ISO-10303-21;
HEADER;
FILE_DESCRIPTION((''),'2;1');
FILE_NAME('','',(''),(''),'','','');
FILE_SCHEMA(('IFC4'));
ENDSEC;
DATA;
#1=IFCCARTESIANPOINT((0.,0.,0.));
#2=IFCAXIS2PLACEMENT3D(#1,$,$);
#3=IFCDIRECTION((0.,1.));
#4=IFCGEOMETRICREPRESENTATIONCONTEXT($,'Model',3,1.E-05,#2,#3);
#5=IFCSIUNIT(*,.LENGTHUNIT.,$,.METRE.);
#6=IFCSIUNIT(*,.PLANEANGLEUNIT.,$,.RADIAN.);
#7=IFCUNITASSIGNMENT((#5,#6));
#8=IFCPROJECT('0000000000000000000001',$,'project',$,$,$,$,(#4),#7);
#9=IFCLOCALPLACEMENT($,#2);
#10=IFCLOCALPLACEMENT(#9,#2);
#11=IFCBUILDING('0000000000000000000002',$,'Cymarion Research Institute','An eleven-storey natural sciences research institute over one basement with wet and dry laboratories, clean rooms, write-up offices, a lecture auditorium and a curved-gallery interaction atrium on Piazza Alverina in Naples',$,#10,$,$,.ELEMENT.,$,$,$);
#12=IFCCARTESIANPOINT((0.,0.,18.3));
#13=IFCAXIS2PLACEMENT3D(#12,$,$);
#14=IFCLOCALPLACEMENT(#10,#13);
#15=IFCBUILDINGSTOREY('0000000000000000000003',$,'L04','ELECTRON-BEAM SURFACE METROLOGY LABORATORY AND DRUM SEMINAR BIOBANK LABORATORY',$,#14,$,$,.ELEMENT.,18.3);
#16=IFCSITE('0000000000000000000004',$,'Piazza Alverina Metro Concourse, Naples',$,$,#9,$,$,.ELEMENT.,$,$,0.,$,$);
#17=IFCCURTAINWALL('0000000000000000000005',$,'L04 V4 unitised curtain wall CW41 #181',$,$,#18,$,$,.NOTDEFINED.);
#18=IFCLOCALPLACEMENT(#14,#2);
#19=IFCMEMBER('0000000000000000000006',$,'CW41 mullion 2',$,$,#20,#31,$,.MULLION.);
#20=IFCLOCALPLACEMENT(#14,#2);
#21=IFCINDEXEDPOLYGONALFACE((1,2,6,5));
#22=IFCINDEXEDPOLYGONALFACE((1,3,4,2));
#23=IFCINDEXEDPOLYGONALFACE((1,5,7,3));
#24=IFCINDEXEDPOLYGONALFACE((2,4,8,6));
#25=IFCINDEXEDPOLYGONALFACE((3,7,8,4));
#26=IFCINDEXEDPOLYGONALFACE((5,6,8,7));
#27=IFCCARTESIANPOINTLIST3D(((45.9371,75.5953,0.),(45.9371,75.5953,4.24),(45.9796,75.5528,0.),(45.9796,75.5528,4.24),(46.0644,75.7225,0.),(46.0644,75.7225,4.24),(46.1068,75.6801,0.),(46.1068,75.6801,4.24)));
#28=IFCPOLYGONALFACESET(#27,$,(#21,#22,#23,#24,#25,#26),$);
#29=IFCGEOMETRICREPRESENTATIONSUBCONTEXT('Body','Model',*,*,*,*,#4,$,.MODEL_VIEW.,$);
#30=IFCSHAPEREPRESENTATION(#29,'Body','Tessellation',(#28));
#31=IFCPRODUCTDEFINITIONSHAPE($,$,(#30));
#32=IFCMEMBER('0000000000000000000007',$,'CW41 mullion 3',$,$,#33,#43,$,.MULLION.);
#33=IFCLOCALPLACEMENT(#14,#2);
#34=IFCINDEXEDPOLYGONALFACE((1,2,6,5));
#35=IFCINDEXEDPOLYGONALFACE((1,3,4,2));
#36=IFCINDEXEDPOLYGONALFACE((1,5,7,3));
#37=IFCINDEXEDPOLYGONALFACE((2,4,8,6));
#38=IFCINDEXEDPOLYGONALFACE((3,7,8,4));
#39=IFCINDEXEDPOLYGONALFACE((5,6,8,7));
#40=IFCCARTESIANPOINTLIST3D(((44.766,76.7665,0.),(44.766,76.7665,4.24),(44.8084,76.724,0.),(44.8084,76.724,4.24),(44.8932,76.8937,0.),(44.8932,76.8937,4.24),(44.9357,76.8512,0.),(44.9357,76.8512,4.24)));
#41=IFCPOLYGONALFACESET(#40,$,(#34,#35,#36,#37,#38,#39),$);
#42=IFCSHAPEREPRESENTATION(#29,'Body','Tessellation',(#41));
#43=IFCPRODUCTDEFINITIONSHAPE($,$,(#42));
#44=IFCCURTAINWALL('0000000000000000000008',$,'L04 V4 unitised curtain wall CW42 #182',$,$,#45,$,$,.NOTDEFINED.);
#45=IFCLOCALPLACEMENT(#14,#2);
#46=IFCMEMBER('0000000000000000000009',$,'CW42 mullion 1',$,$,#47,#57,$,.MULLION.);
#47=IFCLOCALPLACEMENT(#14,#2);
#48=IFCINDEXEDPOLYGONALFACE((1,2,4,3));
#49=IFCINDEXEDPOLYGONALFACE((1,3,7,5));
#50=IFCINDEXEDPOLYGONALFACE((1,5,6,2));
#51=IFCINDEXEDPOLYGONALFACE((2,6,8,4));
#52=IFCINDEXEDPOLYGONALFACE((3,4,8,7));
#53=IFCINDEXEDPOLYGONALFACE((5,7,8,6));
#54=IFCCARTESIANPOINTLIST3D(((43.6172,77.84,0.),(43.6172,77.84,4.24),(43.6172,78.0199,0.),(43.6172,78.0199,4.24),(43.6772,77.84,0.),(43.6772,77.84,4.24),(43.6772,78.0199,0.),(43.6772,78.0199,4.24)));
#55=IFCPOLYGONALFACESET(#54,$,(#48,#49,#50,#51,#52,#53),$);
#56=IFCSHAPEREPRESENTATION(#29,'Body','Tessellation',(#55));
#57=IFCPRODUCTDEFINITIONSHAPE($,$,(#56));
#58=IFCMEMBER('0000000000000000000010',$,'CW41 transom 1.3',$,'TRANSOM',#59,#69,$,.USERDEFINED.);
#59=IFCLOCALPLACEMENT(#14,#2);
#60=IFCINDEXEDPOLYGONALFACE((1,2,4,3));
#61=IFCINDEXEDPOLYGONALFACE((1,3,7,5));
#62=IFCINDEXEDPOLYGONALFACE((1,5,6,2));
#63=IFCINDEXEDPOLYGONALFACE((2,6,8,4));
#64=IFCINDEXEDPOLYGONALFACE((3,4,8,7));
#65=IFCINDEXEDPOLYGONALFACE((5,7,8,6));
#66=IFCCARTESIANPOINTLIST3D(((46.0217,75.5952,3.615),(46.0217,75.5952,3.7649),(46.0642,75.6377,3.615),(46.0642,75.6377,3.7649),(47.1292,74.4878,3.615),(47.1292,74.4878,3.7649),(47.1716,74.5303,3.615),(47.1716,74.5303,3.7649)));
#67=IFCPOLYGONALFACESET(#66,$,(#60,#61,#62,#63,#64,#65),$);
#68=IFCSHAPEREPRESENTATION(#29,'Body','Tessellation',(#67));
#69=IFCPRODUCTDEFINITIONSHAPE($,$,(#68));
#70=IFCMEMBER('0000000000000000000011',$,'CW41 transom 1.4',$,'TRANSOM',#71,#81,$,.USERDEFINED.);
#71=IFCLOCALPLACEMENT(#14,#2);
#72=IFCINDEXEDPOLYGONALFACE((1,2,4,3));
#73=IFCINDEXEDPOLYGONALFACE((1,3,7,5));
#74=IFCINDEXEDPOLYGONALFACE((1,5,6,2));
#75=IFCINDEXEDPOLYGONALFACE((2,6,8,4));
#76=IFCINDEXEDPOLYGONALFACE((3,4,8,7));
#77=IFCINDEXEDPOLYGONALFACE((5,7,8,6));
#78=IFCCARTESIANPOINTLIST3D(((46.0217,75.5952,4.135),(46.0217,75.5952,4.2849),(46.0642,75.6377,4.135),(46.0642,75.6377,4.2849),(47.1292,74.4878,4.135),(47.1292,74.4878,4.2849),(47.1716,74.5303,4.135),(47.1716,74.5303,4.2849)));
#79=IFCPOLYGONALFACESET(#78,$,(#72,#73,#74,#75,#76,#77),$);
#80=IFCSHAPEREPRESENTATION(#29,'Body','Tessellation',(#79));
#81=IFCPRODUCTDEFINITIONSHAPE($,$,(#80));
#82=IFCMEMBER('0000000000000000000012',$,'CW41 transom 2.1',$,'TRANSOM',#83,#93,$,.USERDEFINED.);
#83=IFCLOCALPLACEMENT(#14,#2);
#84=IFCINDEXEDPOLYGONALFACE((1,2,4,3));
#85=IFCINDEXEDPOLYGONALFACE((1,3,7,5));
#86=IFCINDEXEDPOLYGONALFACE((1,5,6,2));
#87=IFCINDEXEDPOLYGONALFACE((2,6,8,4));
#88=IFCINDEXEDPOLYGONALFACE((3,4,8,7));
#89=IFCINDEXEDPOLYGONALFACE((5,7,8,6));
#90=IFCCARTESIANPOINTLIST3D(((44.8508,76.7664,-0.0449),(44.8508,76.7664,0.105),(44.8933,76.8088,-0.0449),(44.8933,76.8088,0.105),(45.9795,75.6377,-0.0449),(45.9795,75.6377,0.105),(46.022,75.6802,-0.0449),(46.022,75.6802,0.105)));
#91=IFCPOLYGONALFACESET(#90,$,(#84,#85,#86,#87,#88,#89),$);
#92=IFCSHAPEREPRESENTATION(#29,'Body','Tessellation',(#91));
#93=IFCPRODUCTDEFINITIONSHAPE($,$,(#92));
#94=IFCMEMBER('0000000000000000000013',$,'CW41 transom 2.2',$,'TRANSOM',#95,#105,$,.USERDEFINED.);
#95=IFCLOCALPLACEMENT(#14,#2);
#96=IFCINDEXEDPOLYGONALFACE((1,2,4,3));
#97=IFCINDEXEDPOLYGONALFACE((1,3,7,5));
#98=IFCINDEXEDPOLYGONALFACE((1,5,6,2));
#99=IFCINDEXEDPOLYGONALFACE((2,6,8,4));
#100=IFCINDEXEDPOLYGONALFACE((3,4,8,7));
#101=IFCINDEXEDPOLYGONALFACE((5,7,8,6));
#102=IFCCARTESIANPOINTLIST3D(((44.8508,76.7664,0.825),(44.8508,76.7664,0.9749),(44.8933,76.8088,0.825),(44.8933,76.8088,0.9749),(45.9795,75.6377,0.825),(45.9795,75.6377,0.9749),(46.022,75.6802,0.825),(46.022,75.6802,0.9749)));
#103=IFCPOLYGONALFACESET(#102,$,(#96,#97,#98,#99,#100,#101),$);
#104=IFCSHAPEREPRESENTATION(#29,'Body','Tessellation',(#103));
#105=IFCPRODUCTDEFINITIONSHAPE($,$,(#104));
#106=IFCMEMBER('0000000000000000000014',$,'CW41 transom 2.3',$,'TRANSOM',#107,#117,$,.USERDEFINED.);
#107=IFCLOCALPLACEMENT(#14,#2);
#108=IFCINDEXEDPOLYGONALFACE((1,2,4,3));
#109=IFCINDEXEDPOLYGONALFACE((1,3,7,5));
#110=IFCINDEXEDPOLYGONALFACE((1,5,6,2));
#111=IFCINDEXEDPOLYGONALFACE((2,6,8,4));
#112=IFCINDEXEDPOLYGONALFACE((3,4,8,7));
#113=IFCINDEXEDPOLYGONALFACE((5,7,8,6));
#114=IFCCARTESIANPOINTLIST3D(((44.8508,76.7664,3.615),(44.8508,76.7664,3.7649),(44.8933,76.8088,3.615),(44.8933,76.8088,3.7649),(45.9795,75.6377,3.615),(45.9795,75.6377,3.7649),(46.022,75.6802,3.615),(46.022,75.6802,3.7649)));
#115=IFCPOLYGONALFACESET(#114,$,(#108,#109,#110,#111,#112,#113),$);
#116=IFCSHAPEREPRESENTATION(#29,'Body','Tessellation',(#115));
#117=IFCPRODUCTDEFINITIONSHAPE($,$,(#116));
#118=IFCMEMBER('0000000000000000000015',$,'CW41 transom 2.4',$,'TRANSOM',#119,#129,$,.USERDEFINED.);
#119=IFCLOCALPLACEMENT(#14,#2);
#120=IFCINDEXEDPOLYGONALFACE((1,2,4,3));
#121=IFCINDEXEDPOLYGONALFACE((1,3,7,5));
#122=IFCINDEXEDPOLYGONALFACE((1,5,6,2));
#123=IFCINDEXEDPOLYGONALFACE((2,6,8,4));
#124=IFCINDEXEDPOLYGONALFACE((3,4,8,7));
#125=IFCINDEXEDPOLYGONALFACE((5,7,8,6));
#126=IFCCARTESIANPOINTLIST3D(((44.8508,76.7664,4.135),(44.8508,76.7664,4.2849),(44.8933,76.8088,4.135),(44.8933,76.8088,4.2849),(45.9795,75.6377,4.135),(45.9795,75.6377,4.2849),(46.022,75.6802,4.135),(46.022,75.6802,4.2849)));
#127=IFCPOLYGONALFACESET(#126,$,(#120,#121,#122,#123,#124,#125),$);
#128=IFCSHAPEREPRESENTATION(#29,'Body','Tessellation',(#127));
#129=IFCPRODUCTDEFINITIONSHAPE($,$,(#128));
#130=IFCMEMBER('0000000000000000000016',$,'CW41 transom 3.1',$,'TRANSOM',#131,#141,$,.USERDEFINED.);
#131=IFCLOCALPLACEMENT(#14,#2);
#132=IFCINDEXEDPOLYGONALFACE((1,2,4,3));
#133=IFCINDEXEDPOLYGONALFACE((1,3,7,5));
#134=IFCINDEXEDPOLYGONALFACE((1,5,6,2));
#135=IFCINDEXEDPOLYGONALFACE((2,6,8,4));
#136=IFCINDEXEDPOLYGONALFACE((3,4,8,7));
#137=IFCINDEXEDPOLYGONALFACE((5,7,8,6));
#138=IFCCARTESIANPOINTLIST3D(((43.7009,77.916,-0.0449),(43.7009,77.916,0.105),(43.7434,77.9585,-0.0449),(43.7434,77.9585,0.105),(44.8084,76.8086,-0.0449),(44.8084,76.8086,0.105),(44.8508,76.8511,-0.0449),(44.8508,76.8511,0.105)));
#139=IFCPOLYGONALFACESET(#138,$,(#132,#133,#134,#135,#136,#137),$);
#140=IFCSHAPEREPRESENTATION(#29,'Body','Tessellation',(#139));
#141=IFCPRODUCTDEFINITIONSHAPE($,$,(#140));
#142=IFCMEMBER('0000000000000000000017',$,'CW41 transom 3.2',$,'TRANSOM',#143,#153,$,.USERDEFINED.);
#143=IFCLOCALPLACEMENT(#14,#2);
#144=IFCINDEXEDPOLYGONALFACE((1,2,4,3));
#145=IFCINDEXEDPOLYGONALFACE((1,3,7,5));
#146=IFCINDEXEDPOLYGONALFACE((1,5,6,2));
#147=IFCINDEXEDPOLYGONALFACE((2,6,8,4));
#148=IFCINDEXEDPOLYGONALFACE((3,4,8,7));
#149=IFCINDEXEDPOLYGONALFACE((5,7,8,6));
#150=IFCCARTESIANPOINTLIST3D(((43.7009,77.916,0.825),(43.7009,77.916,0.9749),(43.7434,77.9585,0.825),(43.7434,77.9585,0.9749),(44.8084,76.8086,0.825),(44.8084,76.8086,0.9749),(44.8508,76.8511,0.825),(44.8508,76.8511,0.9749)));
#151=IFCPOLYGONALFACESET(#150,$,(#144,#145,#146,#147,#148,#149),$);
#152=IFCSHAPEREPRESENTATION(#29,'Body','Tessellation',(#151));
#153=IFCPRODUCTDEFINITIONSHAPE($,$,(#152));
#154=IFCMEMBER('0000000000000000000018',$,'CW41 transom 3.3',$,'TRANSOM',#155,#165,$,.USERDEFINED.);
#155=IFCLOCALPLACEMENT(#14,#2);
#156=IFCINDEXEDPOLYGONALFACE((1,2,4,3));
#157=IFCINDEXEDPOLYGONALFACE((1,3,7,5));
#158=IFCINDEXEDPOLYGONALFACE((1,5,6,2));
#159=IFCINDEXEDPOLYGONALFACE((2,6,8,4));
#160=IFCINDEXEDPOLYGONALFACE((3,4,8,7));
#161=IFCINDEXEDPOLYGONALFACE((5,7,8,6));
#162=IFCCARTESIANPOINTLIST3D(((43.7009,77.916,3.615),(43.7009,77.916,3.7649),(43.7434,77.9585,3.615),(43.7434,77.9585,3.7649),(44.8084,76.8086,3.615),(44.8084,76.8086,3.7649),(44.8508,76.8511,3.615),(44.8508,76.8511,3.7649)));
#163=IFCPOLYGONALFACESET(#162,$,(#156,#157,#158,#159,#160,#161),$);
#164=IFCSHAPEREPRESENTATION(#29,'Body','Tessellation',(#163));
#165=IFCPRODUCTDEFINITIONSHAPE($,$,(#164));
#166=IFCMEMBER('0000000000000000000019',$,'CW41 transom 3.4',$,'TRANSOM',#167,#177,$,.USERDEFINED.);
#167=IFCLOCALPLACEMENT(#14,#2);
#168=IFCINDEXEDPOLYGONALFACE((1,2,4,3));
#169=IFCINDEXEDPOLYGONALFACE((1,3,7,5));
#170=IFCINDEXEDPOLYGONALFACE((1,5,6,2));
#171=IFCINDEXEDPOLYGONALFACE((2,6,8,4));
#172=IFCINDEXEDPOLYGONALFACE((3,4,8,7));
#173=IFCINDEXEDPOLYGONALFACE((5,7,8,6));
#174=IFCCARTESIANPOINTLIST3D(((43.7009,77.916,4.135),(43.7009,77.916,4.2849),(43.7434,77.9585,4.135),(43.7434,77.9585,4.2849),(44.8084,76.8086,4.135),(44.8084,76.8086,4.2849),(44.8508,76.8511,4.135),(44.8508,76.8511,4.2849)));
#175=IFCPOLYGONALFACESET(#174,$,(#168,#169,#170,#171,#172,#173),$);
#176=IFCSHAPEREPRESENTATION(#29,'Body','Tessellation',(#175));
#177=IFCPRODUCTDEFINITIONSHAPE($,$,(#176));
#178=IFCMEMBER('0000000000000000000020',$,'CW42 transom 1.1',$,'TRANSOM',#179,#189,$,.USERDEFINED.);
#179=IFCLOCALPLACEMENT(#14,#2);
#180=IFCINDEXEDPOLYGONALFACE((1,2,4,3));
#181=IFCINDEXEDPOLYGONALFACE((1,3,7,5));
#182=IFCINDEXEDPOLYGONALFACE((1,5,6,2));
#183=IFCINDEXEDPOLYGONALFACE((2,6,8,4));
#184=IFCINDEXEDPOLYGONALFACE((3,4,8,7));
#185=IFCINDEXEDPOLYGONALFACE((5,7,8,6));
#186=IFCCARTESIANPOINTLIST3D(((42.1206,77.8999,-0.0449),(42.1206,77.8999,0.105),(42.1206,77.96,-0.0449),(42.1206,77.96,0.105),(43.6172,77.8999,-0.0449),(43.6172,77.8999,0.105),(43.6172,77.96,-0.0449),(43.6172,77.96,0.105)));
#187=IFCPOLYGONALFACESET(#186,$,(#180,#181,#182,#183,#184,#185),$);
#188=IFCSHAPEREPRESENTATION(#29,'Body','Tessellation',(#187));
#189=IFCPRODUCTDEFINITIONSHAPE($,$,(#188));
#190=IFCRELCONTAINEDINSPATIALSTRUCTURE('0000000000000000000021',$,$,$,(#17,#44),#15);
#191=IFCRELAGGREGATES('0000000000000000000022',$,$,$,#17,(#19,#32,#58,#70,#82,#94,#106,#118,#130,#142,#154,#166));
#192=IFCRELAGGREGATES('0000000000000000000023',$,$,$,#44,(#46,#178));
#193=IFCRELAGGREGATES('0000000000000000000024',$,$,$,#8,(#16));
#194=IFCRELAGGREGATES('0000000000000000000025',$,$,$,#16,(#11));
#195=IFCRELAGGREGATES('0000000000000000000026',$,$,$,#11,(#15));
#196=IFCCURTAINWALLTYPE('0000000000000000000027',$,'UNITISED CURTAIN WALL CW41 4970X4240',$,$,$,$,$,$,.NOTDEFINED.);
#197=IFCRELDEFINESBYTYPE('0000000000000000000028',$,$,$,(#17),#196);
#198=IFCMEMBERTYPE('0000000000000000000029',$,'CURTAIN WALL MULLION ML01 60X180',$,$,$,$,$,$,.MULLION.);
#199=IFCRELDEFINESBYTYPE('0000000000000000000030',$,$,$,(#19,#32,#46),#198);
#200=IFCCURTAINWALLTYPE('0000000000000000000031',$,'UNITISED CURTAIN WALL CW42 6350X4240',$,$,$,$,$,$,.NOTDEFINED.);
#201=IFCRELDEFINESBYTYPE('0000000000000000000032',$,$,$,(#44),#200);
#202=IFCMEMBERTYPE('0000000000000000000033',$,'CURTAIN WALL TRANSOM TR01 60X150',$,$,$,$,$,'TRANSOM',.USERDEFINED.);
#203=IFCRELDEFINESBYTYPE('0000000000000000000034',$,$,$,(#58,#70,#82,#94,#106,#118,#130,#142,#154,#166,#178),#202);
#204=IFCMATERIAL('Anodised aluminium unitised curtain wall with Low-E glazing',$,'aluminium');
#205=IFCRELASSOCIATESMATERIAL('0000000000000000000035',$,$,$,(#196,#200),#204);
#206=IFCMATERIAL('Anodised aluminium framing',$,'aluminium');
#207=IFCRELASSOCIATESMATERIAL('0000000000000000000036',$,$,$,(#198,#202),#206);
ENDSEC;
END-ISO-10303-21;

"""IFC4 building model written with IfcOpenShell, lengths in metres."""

from ifc_helpers import new_model, si_unit, direction, frame, origin, origin_2d, place, context, subcontext, project, spatial, rectangle, extrude, material, material_profile, profile_set, type_object, element, aggregate, save


model = new_model("IFC4")

# Units and contexts
model_context = context("Model", 3, precision=1e-05, world=origin(), true_north=direction((0.0, 1.0)))
body_context = subcontext(model_context, "Body", "Model", "MODEL_VIEW")
ifc_project = project(units=[si_unit("LENGTHUNIT", "METRE"), si_unit("PLANEANGLEUNIT", "RADIAN")], contexts=[model_context])

# Site, building, storey
site_placement = place(None, origin())
site = spatial("IfcSite", under=ifc_project, at=site_placement, Name="Piazza Alverina Metro Concourse, Naples", CompositionType="ELEMENT", RefElevation=0.0)
building_placement = place(site_placement, origin())
building = spatial("IfcBuilding", under=site, at=building_placement, Name="Cymarion Research Institute", Description="An eleven-storey natural sciences research institute over one basement with wet and dry laboratories, clean rooms, write-up offices, a lecture auditorium and a curved-gallery interaction atrium on Piazza Alverina in Naples", CompositionType="ELEMENT")
storey_placement = place(building_placement, frame((0.0, 0.0, 18.3)))
storey = spatial("IfcBuildingStorey", under=building, at=storey_placement, Name="L04", Description="ELECTRON-BEAM SURFACE METROLOGY LABORATORY AND DRUM SEMINAR BIOBANK LABORATORY", CompositionType="ELEMENT", Elevation=18.3)

# Curtain wall, members
ifc_material_1 = material(Name="Anodised aluminium unitised curtain wall with Low-E glazing", Category="aluminium")
curtain_wall_type_1 = type_object("IfcCurtainWallType", Name="UNITISED CURTAIN WALL CW41 4970X4240", PredefinedType="NOTDEFINED", material=ifc_material_1)
curtain_wall_1_placement = place(storey_placement, origin())
curtain_wall_1 = element("IfcCurtainWall", 1, at=curtain_wall_1_placement, inside=storey, type_object=curtain_wall_type_1, Name="L04 V4 unitised curtain wall CW41 #181", PredefinedType="NOTDEFINED")
ifc_material_2 = material(Name="Anodised aluminium framing", Category="aluminium")
ifc_material_profile_1 = material_profile(ifc_material_2, rectangle(XDim=0.0601, YDim=0.1799, at=origin_2d()), Name="ALU MULLION 60x180")
ifc_profile_set_1 = profile_set([ifc_material_profile_1], Name="Anodised aluminium framing")
member_type_1 = type_object("IfcMemberType", Name="CURTAIN WALL MULLION ML01 60X180", PredefinedType="MULLION", material=ifc_profile_set_1)
member_1_placement = place(storey_placement, frame((46.022, 75.6377, 0.0), z_axis=(0.0, 0.0, 1.0), x_axis=(-0.707097, 0.707117, 0.0)))
member_1 = element("IfcMember", 2, at=member_1_placement, type_object=member_type_1, Name="CW41 mullion 2", PredefinedType="MULLION", context=body_context, shape_type="SweptSolid", body=[
    extrude(rectangle(XDim=0.0601, YDim=0.1799, at=origin_2d()), origin(), (0.0, 0.0, 1.0), 4.24),
])
member_2_placement = place(storey_placement, frame((44.8508, 76.8088, 0.0), z_axis=(0.0, 0.0, 1.0), x_axis=(-0.707097, 0.707117, 0.0)))
member_2 = element("IfcMember", 3, at=member_2_placement, type_object=member_type_1, Name="CW41 mullion 3", PredefinedType="MULLION", context=body_context, shape_type="SweptSolid", body=[
    extrude(rectangle(XDim=0.0601, YDim=0.1799, at=origin_2d()), origin(), (0.0, 0.0, 1.0), 4.24),
])

# Curtain wall, member
curtain_wall_type_2 = type_object("IfcCurtainWallType", Name="UNITISED CURTAIN WALL CW42 6350X4240", PredefinedType="NOTDEFINED", material=ifc_material_1)
curtain_wall_2_placement = place(storey_placement, origin())
curtain_wall_2 = element("IfcCurtainWall", 4, at=curtain_wall_2_placement, inside=storey, type_object=curtain_wall_type_2, Name="L04 V4 unitised curtain wall CW42 #182", PredefinedType="NOTDEFINED")
member_3_placement = place(storey_placement, frame((43.6472, 77.9299, 0.0), z_axis=(0.0, 0.0, 1.0), x_axis=(-1.0, 0.0, 0.0)))
member_3 = element("IfcMember", 5, at=member_3_placement, type_object=member_type_1, Name="CW42 mullion 1", PredefinedType="MULLION", context=body_context, shape_type="SweptSolid", body=[
    extrude(rectangle(XDim=0.0601, YDim=0.1799, at=origin_2d()), origin(), (0.0, 0.0, 1.0), 4.24),
])

# Members
ifc_material_profile_2 = material_profile(ifc_material_2, rectangle(XDim=0.0601, YDim=0.1499, at=origin_2d()), Name="ALU TRANSOM 60x150")
ifc_profile_set_2 = profile_set([ifc_material_profile_2], Name="Anodised aluminium framing")
member_type_2 = type_object("IfcMemberType", Name="CURTAIN WALL TRANSOM TR01 60X150", ElementType="TRANSOM", PredefinedType="USERDEFINED", material=ifc_profile_set_2)
member_4_placement = place(storey_placement, frame((47.1504, 74.509, 3.6899), z_axis=(-0.707107, 0.707107, 0.0), x_axis=(-0.707107, -0.707107, 0.0)))
member_4 = element("IfcMember", 6, at=member_4_placement, type_object=member_type_2, Name="CW41 transom 1.3", ObjectType="TRANSOM", PredefinedType="USERDEFINED", context=body_context, shape_type="SweptSolid", body=[
    extrude(rectangle(XDim=0.0601, YDim=0.1499, at=origin_2d()), origin(), (0.0, 0.0, 1.0), 1.5662),
])
member_5_placement = place(storey_placement, frame((47.1504, 74.509, 4.21), z_axis=(-0.707107, 0.707107, 0.0), x_axis=(-0.707107, -0.707107, 0.0)))
member_5 = element("IfcMember", 7, at=member_5_placement, type_object=member_type_2, Name="CW41 transom 1.4", ObjectType="TRANSOM", PredefinedType="USERDEFINED", context=body_context, shape_type="SweptSolid", body=[
    extrude(rectangle(XDim=0.0601, YDim=0.1499, at=origin_2d()), origin(), (0.0, 0.0, 1.0), 1.5662),
])
member_6_placement = place(storey_placement, frame((46.0007, 75.6589, 0.03), z_axis=(-0.707107, 0.707107, 0.0), x_axis=(-0.707107, -0.707107, 0.0)))
member_6 = element("IfcMember", 8, at=member_6_placement, type_object=member_type_2, Name="CW41 transom 2.1", ObjectType="TRANSOM", PredefinedType="USERDEFINED", context=body_context, shape_type="SweptSolid", body=[
    extrude(rectangle(XDim=0.0601, YDim=0.1499, at=origin_2d()), origin(), (0.0, 0.0, 1.0), 1.5962),
])
member_7_placement = place(storey_placement, frame((46.0007, 75.6589, 0.8999), z_axis=(-0.707107, 0.707107, 0.0), x_axis=(-0.707107, -0.707107, 0.0)))
member_7 = element("IfcMember", 9, at=member_7_placement, type_object=member_type_2, Name="CW41 transom 2.2", ObjectType="TRANSOM", PredefinedType="USERDEFINED", context=body_context, shape_type="SweptSolid", body=[
    extrude(rectangle(XDim=0.0601, YDim=0.1499, at=origin_2d()), origin(), (0.0, 0.0, 1.0), 1.5962),
])
member_8_placement = place(storey_placement, frame((46.0007, 75.6589, 3.6899), z_axis=(-0.707107, 0.707107, 0.0), x_axis=(-0.707107, -0.707107, 0.0)))
member_8 = element("IfcMember", 10, at=member_8_placement, type_object=member_type_2, Name="CW41 transom 2.3", ObjectType="TRANSOM", PredefinedType="USERDEFINED", context=body_context, shape_type="SweptSolid", body=[
    extrude(rectangle(XDim=0.0601, YDim=0.1499, at=origin_2d()), origin(), (0.0, 0.0, 1.0), 1.5962),
])
member_9_placement = place(storey_placement, frame((46.0007, 75.6589, 4.21), z_axis=(-0.707107, 0.707107, 0.0), x_axis=(-0.707107, -0.707107, 0.0)))
member_9 = element("IfcMember", 11, at=member_9_placement, type_object=member_type_2, Name="CW41 transom 2.4", ObjectType="TRANSOM", PredefinedType="USERDEFINED", context=body_context, shape_type="SweptSolid", body=[
    extrude(rectangle(XDim=0.0601, YDim=0.1499, at=origin_2d()), origin(), (0.0, 0.0, 1.0), 1.5962),
])
member_10_placement = place(storey_placement, frame((44.8296, 76.8298, 0.03), z_axis=(-0.707107, 0.707107, 0.0), x_axis=(-0.707107, -0.707107, 0.0)))
member_10 = element("IfcMember", 12, at=member_10_placement, type_object=member_type_2, Name="CW41 transom 3.1", ObjectType="TRANSOM", PredefinedType="USERDEFINED", context=body_context, shape_type="SweptSolid", body=[
    extrude(rectangle(XDim=0.0601, YDim=0.1499, at=origin_2d()), origin(), (0.0, 0.0, 1.0), 1.5662),
])
member_11_placement = place(storey_placement, frame((44.8296, 76.8298, 0.8999), z_axis=(-0.707107, 0.707107, 0.0), x_axis=(-0.707107, -0.707107, 0.0)))
member_11 = element("IfcMember", 13, at=member_11_placement, type_object=member_type_2, Name="CW41 transom 3.2", ObjectType="TRANSOM", PredefinedType="USERDEFINED", context=body_context, shape_type="SweptSolid", body=[
    extrude(rectangle(XDim=0.0601, YDim=0.1499, at=origin_2d()), origin(), (0.0, 0.0, 1.0), 1.5662),
])
member_12_placement = place(storey_placement, frame((44.8296, 76.8298, 3.6899), z_axis=(-0.707107, 0.707107, 0.0), x_axis=(-0.707107, -0.707107, 0.0)))
member_12 = element("IfcMember", 14, at=member_12_placement, type_object=member_type_2, Name="CW41 transom 3.3", ObjectType="TRANSOM", PredefinedType="USERDEFINED", context=body_context, shape_type="SweptSolid", body=[
    extrude(rectangle(XDim=0.0601, YDim=0.1499, at=origin_2d()), origin(), (0.0, 0.0, 1.0), 1.5662),
])
member_13_placement = place(storey_placement, frame((44.8296, 76.8298, 4.21), z_axis=(-0.707107, 0.707107, 0.0), x_axis=(-0.707107, -0.707107, 0.0)))
member_13 = element("IfcMember", 15, at=member_13_placement, type_object=member_type_2, Name="CW41 transom 3.4", ObjectType="TRANSOM", PredefinedType="USERDEFINED", context=body_context, shape_type="SweptSolid", body=[
    extrude(rectangle(XDim=0.0601, YDim=0.1499, at=origin_2d()), origin(), (0.0, 0.0, 1.0), 1.5662),
])
member_14_placement = place(storey_placement, frame((43.6172, 77.9299, 0.03), z_axis=(-1.0, 0.0, 0.0), x_axis=(0.0, -1.0, 0.0)))
member_14 = element("IfcMember", 16, at=member_14_placement, type_object=member_type_2, Name="CW42 transom 1.1", ObjectType="TRANSOM", PredefinedType="USERDEFINED", context=body_context, shape_type="SweptSolid", body=[
    extrude(rectangle(XDim=0.0601, YDim=0.1499, at=origin_2d()), origin(), (0.0, 0.0, 1.0), 1.4966),
])

aggregate(curtain_wall_1, [member_1, member_2, member_4, member_5, member_6, member_7, member_8, member_9, member_10, member_11, member_12, member_13])
aggregate(curtain_wall_2, [member_3, member_14])

save(model, "model.ifc")
